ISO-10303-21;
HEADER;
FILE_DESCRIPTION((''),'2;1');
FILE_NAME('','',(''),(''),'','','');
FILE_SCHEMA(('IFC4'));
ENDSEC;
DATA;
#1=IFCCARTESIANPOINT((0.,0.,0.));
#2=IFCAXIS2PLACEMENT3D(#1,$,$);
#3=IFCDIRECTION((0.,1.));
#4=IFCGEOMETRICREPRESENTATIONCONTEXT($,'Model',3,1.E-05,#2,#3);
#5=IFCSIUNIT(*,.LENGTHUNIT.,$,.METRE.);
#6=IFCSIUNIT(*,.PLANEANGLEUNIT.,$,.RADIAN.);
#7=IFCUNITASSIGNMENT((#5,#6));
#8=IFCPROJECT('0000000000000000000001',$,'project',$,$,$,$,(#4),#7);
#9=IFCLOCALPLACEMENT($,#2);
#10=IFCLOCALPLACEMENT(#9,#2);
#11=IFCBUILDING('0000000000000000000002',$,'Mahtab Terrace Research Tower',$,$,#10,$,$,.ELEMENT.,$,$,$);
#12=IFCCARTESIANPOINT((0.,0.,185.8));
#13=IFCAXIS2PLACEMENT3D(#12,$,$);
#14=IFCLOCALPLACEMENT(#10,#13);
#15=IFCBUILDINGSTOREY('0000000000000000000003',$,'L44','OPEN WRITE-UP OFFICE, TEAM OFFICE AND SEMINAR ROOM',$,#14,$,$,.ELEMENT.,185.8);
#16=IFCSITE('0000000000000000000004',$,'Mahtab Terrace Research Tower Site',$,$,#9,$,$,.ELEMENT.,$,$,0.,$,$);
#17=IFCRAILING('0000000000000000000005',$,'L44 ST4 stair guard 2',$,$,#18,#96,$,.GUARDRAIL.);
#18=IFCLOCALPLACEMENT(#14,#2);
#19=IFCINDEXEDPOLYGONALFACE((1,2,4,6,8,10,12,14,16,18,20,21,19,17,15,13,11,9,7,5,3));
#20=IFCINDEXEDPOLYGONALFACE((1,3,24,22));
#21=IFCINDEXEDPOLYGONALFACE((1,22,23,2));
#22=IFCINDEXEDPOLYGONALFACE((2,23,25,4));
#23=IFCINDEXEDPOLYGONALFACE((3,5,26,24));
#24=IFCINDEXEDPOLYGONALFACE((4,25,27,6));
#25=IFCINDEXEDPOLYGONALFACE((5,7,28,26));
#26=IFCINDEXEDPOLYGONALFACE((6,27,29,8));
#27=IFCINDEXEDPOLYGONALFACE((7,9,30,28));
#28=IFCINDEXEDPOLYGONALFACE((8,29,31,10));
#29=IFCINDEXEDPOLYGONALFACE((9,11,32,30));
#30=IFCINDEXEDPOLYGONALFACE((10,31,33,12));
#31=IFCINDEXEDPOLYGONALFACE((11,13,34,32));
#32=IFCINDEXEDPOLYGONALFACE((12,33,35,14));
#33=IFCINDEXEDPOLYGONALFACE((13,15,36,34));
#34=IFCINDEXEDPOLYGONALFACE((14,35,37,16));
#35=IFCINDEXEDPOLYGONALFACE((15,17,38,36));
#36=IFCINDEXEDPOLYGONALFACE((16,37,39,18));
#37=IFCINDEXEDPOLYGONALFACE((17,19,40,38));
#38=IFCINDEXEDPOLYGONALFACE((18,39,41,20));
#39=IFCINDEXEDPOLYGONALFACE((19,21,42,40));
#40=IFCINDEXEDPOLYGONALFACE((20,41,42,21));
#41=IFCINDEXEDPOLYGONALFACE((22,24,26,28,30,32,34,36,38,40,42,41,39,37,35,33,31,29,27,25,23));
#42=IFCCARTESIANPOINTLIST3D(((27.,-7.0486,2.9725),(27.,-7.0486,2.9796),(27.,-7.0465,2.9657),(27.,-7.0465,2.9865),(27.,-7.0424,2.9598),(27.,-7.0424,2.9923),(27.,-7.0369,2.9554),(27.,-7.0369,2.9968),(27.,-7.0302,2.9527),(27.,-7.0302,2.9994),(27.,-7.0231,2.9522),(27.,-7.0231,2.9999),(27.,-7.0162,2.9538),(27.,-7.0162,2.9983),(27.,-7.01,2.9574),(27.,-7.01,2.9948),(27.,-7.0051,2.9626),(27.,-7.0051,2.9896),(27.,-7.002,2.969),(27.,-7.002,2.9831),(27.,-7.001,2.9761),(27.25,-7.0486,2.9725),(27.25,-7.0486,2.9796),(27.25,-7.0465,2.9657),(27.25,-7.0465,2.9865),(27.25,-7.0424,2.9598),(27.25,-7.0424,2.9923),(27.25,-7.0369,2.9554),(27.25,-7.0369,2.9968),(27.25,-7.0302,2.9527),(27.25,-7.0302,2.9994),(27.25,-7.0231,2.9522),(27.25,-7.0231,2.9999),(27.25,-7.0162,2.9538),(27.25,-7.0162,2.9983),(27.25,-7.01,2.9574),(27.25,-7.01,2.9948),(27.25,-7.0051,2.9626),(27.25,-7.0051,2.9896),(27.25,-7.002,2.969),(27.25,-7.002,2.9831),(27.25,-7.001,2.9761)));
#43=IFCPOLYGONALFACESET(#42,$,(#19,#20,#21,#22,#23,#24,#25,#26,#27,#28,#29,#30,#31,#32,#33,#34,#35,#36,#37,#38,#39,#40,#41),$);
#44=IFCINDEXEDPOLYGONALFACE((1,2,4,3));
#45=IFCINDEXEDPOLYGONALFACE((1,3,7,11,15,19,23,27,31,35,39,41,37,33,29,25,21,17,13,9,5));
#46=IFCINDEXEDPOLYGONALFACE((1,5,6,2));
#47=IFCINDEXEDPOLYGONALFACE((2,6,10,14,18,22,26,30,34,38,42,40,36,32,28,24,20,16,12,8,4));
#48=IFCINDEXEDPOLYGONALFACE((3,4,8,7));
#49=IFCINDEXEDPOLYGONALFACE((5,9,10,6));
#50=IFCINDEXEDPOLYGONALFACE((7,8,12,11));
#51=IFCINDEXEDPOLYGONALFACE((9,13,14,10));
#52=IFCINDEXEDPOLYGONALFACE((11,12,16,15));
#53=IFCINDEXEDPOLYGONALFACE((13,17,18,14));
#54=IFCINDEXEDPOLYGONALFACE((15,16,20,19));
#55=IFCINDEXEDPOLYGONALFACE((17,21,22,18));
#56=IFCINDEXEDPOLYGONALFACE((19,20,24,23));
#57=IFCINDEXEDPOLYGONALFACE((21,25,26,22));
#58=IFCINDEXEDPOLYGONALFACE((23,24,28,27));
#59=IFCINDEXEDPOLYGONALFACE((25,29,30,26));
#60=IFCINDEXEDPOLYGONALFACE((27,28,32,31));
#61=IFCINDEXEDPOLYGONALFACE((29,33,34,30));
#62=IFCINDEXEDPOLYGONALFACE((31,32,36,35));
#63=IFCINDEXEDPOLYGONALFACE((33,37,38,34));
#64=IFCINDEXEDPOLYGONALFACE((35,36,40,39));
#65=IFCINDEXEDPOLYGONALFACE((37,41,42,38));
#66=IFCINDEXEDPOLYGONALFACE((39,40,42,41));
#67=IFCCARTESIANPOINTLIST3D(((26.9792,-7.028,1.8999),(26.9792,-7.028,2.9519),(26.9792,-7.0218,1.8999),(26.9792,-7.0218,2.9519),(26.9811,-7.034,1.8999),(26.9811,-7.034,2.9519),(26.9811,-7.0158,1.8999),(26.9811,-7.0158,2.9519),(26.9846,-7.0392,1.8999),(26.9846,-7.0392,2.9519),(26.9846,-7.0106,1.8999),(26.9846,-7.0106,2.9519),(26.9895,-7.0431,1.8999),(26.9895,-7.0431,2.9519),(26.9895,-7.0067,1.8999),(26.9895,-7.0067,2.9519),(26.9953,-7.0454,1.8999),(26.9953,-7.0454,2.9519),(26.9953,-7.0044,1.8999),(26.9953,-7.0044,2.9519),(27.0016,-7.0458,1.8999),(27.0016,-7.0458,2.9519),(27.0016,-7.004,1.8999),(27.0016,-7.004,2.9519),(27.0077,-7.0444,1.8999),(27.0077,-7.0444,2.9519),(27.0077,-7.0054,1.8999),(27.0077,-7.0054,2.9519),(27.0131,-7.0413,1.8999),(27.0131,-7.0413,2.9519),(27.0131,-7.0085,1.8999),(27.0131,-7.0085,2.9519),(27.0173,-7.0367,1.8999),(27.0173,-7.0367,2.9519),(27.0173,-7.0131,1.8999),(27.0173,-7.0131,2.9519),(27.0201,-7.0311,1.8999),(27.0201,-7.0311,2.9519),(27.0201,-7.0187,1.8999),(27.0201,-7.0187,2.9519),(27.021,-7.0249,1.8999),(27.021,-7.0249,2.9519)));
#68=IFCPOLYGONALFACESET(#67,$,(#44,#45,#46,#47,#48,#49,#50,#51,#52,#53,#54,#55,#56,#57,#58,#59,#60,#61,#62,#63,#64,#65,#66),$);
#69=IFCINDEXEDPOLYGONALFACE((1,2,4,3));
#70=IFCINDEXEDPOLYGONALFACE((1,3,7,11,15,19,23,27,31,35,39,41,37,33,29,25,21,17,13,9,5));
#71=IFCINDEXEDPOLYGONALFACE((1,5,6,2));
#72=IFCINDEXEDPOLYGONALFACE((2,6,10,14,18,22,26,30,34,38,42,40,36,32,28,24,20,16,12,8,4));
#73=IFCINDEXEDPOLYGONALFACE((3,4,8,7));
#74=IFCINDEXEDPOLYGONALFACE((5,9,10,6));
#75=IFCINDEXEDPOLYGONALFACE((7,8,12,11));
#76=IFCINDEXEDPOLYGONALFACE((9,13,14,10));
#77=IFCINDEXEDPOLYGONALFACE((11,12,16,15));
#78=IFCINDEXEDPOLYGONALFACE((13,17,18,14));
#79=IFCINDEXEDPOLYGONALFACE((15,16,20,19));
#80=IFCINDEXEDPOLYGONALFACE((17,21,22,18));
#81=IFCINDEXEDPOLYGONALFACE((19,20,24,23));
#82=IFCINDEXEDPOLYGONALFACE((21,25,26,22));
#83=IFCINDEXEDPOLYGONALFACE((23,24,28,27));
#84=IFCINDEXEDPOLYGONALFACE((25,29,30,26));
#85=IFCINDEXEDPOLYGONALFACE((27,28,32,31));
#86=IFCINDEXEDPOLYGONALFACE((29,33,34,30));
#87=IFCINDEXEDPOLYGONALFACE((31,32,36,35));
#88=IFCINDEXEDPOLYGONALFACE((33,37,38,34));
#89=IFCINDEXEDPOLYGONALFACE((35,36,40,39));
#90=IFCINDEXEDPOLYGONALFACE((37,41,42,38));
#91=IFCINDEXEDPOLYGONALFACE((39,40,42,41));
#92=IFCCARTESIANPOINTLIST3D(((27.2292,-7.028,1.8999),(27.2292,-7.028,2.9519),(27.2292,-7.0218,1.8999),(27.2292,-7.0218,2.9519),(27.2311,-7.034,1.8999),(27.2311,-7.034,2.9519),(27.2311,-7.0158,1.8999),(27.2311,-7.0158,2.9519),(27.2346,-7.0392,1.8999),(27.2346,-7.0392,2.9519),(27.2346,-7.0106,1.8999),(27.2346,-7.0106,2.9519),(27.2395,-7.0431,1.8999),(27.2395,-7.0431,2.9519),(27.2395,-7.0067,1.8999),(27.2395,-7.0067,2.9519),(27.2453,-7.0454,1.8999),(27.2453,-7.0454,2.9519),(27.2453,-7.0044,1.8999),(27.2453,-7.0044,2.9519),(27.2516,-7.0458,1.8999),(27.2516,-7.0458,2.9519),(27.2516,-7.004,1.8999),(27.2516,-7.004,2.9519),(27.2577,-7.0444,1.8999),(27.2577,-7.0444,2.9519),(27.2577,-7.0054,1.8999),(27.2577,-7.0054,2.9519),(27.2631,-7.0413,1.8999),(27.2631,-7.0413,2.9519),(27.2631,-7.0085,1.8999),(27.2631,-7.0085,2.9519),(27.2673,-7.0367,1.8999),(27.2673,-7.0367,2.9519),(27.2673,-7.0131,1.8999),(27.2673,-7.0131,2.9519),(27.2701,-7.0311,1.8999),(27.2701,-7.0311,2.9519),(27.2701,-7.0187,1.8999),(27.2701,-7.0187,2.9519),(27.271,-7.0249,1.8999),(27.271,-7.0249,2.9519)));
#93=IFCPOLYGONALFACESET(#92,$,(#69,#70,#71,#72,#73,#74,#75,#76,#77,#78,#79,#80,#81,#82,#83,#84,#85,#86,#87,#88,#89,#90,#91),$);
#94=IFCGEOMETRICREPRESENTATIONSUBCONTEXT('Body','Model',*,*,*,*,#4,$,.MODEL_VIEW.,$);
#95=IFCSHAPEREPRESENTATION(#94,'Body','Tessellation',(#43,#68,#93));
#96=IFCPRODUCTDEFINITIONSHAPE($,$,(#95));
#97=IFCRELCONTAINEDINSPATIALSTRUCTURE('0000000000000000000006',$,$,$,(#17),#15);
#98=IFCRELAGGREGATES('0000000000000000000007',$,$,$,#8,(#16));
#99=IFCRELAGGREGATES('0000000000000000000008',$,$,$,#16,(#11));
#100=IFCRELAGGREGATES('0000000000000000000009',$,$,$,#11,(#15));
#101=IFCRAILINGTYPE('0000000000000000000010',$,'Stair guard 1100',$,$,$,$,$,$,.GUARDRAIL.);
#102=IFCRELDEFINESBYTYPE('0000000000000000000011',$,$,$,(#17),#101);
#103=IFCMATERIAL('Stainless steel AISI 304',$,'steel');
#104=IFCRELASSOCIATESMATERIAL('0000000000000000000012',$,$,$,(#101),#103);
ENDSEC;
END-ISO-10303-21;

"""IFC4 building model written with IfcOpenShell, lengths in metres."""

from ifc_helpers import new_model, si_unit, direction, frame, origin, origin_2d, place, context, subcontext, project, spatial, circle, extrude, material, type_object, element, save


model = new_model("IFC4")

# Units and contexts
model_context = context("Model", 3, precision=1e-05, world=origin(), true_north=direction((0.0, 1.0)))
body_context = subcontext(model_context, "Body", "Model", "MODEL_VIEW")
ifc_project = project(units=[si_unit("LENGTHUNIT", "METRE"), si_unit("PLANEANGLEUNIT", "RADIAN")], contexts=[model_context])

# Site, building, storey
site_placement = place(None, origin())
site = spatial("IfcSite", under=ifc_project, at=site_placement, Name="Mahtab Terrace Research Tower Site", CompositionType="ELEMENT", RefElevation=0.0)
building_placement = place(site_placement, origin())
building = spatial("IfcBuilding", under=site, at=building_placement, Name="Mahtab Terrace Research Tower", CompositionType="ELEMENT")
storey_placement = place(building_placement, frame((0.0, 0.0, 185.8)))
storey = spatial("IfcBuildingStorey", under=building, at=storey_placement, Name="L44", Description="OPEN WRITE-UP OFFICE, TEAM OFFICE AND SEMINAR ROOM", CompositionType="ELEMENT", Elevation=185.8)

# Railing
ifc_material_1 = material(Name="Stainless steel AISI 304", Category="steel")
railing_type_1 = type_object("IfcRailingType", Name="Stair guard 1100", PredefinedType="GUARDRAIL", material=ifc_material_1)
railing_1_placement = place(storey_placement, frame((27.0, -7.0249, 1.8999)))
element("IfcRailing", 1, at=railing_1_placement, inside=storey, type_object=railing_type_1, Name="L44 ST4 stair guard 2", PredefinedType="GUARDRAIL", context=body_context, shape_type="SweptSolid", body=[
    extrude(circle(Radius=0.0239, at=origin_2d()), frame((0.0, 0.0, 1.0762), z_axis=(1.0, 0.0, 0.0), x_axis=(0.0, 1.0, 0.0)), (0.0, 0.0, 1.0), 0.25),
    extrude(circle(Radius=0.021, at=origin_2d()), origin(), (0.0, 0.0, 1.0), 1.052),
    extrude(circle(Radius=0.021, at=origin_2d()), frame((0.25, 0.0, 0.0)), (0.0, 0.0, 1.0), 1.052),
])

save(model, "model.ifc")
